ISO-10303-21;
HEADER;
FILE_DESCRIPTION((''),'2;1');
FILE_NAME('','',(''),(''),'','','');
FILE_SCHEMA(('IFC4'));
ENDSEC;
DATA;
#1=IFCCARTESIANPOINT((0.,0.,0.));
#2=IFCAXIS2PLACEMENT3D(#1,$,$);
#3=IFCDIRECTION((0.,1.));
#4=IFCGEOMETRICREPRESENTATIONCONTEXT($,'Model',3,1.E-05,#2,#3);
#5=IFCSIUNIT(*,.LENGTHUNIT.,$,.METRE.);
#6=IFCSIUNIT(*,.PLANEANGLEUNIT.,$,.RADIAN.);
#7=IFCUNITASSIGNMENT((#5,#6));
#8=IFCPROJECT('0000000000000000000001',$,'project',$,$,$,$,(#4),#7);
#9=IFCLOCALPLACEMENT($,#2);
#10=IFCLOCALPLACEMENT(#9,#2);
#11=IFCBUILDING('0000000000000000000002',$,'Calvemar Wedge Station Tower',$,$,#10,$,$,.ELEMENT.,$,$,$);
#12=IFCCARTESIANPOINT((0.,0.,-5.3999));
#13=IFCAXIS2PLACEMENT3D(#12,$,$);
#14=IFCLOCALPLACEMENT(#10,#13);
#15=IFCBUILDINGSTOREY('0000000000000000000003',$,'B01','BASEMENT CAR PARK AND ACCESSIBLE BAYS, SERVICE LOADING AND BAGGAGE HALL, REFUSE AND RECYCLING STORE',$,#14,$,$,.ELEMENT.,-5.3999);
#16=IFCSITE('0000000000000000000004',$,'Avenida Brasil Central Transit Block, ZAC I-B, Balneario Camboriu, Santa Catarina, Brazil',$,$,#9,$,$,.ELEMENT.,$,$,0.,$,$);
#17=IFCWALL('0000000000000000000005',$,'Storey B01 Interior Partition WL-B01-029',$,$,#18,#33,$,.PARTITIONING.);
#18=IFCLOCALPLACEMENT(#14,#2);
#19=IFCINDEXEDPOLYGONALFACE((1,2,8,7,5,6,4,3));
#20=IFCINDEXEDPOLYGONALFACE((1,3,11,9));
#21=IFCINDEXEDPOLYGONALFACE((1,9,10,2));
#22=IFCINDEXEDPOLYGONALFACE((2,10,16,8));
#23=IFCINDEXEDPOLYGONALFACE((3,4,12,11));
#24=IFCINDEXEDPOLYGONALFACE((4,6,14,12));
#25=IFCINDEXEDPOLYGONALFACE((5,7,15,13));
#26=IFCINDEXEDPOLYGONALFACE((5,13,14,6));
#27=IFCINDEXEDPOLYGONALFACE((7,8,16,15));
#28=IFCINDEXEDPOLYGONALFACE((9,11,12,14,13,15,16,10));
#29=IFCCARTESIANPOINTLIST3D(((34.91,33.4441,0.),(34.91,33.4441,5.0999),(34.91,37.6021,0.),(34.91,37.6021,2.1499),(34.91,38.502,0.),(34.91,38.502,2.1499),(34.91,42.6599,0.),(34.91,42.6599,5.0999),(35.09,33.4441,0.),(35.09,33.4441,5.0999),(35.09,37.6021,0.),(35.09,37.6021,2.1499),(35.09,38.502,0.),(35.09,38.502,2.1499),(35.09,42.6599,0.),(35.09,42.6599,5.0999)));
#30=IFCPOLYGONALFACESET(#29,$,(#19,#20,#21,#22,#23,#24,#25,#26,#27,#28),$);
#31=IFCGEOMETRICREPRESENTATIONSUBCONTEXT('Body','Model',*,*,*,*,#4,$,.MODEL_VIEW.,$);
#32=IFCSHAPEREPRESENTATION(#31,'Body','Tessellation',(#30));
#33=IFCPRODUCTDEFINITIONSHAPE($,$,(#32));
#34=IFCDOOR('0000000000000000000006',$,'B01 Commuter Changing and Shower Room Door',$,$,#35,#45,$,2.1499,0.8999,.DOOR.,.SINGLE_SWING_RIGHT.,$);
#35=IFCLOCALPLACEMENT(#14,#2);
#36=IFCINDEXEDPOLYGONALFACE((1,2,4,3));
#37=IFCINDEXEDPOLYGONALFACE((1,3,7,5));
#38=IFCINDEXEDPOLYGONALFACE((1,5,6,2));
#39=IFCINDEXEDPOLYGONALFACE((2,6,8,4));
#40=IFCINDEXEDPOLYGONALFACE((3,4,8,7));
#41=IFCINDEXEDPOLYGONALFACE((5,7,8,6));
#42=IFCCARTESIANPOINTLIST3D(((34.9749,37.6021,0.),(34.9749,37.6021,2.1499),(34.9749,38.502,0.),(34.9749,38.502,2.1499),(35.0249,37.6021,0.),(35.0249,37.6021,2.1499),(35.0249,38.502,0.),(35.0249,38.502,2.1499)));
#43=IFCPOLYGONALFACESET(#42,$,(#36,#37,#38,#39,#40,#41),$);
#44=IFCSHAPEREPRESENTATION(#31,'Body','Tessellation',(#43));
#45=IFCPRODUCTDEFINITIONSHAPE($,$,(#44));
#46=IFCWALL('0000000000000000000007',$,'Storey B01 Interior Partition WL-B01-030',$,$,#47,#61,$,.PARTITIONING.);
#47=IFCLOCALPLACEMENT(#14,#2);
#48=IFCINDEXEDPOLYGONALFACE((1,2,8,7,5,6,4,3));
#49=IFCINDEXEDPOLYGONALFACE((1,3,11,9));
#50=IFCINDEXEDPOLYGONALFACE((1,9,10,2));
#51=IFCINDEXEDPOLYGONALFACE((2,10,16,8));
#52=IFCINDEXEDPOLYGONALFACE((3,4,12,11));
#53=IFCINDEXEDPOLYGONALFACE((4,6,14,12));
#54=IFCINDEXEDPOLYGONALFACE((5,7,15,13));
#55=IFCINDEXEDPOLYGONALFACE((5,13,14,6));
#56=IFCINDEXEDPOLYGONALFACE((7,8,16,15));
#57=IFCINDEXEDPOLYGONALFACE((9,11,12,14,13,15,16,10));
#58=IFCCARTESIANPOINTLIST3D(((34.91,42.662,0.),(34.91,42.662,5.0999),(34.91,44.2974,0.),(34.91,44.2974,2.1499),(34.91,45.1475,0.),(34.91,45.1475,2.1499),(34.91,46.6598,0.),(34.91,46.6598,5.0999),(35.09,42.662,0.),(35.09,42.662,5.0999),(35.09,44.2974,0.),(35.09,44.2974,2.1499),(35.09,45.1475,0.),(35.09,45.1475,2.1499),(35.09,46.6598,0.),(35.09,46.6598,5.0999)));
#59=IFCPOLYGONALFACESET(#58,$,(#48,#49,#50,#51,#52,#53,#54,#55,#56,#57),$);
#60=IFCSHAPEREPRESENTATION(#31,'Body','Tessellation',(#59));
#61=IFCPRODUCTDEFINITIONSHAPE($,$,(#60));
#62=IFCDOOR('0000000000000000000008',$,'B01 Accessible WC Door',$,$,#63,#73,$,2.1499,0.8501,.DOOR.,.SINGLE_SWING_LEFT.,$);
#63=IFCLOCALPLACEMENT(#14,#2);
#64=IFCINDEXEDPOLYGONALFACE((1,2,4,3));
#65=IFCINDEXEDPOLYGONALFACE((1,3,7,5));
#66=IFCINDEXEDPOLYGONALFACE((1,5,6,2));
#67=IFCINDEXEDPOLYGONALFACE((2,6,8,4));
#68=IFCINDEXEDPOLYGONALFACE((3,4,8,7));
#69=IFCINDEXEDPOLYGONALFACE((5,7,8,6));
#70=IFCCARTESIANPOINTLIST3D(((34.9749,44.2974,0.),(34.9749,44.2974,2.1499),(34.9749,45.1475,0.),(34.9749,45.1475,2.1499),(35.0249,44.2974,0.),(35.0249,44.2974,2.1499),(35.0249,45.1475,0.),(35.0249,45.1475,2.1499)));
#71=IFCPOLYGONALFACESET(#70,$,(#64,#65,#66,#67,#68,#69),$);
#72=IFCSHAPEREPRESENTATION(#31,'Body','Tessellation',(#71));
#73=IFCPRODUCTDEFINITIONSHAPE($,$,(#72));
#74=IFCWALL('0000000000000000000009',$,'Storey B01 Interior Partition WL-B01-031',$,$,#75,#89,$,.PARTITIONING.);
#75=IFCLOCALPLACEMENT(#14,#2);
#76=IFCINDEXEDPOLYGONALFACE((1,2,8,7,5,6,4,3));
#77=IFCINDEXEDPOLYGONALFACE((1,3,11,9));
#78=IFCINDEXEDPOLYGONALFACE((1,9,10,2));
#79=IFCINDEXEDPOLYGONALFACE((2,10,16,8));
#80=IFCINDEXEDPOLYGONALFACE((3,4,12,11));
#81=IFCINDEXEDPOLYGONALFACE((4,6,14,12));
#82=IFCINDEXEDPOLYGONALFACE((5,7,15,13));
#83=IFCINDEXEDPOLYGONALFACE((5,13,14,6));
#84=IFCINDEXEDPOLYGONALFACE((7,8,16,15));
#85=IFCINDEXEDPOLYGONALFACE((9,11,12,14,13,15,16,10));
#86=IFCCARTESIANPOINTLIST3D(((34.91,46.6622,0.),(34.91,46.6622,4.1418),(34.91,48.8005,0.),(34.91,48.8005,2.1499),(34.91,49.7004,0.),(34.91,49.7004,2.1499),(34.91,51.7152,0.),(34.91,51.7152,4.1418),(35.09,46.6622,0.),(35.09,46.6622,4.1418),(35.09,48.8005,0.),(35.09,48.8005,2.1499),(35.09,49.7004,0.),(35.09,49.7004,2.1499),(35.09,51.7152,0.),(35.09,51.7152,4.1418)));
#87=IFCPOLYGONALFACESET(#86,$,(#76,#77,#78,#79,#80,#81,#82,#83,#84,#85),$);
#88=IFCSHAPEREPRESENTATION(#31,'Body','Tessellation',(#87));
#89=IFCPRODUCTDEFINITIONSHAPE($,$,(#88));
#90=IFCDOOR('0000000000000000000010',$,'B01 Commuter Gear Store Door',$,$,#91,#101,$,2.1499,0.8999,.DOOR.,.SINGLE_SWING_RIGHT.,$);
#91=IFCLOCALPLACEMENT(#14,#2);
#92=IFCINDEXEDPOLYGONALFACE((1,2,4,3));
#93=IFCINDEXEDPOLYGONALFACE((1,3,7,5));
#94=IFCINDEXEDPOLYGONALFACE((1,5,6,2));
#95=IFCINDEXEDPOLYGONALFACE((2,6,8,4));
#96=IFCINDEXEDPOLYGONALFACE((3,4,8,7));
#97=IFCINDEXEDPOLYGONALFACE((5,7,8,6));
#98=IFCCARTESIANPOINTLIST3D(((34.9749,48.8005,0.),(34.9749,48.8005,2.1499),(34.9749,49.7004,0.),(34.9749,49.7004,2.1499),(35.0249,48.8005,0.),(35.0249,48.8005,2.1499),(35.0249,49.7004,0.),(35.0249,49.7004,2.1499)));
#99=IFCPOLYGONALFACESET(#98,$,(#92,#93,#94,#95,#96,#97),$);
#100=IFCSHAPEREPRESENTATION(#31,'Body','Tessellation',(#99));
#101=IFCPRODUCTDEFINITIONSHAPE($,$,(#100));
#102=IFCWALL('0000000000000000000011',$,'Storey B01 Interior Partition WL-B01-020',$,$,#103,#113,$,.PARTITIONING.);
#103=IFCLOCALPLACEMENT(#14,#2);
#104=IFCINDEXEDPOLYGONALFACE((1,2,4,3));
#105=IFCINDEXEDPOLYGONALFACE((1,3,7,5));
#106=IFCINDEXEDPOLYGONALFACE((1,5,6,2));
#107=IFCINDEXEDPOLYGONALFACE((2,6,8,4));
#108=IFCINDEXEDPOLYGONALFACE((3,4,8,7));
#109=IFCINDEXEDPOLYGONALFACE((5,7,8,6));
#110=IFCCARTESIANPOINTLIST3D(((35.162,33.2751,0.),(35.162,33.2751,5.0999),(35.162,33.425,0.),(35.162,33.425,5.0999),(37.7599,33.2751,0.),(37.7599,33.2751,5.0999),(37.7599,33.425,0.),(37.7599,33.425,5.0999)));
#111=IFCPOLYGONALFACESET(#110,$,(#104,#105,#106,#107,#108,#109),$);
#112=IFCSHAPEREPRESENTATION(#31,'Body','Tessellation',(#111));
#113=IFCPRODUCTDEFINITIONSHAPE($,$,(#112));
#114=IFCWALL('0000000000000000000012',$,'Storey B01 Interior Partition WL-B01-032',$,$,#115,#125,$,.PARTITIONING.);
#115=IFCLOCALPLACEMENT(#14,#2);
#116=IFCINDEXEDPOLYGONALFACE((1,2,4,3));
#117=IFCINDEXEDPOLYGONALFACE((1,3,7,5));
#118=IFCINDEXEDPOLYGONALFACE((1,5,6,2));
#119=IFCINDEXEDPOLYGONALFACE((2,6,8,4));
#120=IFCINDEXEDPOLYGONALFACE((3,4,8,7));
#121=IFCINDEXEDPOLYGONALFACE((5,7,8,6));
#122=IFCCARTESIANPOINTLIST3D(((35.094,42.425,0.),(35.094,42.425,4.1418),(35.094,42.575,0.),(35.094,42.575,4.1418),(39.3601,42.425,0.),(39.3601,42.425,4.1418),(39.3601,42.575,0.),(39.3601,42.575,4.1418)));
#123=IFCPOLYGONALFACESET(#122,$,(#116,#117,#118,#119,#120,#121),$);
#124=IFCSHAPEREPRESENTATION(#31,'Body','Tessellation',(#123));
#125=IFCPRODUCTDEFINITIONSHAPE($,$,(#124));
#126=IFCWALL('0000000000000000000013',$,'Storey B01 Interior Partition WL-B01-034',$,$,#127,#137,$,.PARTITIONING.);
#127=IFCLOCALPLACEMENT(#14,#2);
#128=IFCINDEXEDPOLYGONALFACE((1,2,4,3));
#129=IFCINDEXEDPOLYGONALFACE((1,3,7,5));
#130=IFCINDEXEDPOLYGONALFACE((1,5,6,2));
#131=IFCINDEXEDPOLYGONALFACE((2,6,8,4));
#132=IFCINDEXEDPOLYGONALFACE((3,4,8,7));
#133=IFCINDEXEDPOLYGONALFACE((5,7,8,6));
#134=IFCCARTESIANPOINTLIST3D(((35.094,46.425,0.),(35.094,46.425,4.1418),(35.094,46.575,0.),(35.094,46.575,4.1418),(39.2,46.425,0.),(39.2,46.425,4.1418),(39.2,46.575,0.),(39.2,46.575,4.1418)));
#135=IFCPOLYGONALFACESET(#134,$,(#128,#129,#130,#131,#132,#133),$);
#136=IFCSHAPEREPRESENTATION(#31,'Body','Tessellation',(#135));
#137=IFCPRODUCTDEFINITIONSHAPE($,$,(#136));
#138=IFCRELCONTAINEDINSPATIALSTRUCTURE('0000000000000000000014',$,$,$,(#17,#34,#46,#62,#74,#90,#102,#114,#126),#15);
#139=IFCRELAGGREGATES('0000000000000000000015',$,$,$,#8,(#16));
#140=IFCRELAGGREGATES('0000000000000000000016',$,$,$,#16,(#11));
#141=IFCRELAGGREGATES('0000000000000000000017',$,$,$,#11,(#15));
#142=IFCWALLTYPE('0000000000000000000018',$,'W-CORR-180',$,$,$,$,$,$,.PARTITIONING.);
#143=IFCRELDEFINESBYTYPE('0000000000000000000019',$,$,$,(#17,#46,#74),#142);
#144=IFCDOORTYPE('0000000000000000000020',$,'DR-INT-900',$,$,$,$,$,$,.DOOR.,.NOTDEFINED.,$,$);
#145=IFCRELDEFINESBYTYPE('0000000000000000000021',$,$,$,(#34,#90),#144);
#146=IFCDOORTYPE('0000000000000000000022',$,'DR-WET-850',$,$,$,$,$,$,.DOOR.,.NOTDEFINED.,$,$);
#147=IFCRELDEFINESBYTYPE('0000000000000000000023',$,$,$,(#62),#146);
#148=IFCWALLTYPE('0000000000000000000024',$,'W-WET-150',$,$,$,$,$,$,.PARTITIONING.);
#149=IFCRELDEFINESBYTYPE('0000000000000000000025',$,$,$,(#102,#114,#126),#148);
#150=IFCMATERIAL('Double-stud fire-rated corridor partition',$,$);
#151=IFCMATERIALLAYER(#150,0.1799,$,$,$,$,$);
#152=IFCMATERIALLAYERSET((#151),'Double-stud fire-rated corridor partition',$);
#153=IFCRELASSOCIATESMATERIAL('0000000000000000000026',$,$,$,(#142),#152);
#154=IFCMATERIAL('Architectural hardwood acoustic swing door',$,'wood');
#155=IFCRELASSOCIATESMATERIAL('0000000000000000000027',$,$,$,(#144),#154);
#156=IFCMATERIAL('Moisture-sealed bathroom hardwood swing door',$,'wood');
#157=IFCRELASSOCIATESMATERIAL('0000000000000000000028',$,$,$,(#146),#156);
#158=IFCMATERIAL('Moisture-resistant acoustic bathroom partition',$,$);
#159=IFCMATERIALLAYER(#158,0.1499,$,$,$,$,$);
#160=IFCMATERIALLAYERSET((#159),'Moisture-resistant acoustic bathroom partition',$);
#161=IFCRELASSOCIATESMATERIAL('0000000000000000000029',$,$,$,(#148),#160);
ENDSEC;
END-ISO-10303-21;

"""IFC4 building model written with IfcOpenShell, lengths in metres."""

from ifc_helpers import new_model, si_unit, direction, frame, frame_2d, origin, place, context, subcontext, project, spatial, rectangle, extrude, source, transform, mapped, material, layer, layer_set, type_object, element, fill, save


model = new_model("IFC4")

# Units and contexts
model_context = context("Model", 3, precision=1e-05, world=origin(), true_north=direction((0.0, 1.0)))
body_context = subcontext(model_context, "Body", "Model", "MODEL_VIEW")
ifc_project = project(units=[si_unit("LENGTHUNIT", "METRE"), si_unit("PLANEANGLEUNIT", "RADIAN")], contexts=[model_context])

# Site, building, storey
site_placement = place(None, origin())
site = spatial("IfcSite", under=ifc_project, at=site_placement, Name="Avenida Brasil Central Transit Block, ZAC I-B, Balneario Camboriu, Santa Catarina, Brazil", CompositionType="ELEMENT", RefElevation=0.0)
building_placement = place(site_placement, origin())
building = spatial("IfcBuilding", under=site, at=building_placement, Name="Calvemar Wedge Station Tower", CompositionType="ELEMENT")
storey_placement = place(building_placement, frame((0.0, 0.0, -5.3999)))
storey = spatial("IfcBuildingStorey", under=building, at=storey_placement, Name="B01", Description="BASEMENT CAR PARK AND ACCESSIBLE BAYS, SERVICE LOADING AND BAGGAGE HALL, REFUSE AND RECYCLING STORE", CompositionType="ELEMENT", Elevation=-5.3999)

# Walls, openings, doors
ifc_material_1 = material(Name="Double-stud fire-rated corridor partition")
ifc_layer_1 = layer(ifc_material_1, 0.1799)
ifc_layer_set_1 = layer_set([ifc_layer_1], Name="Double-stud fire-rated corridor partition")
wall_type_1 = type_object("IfcWallType", Name="W-CORR-180", PredefinedType="PARTITIONING", material=ifc_layer_set_1)
wall_1_placement = place(storey_placement, frame((35.0, 42.6599, 0.0), z_axis=(0.0, 0.0, 1.0), x_axis=(0.0, -1.0, 0.0)))
wall_1 = element("IfcWall", 1, at=wall_1_placement, inside=storey, type_object=wall_type_1, Name="Storey B01 Interior Partition WL-B01-029", PredefinedType="PARTITIONING", context=body_context, shape_type="SweptSolid", body=[
    extrude(rectangle(XDim=9.2158, YDim=0.1799, at=frame_2d((4.6079, 0.0))), origin(), (0.0, 0.0, 1.0), 5.0999),
])
shared_shape_1 = source(origin(), body_context, "Body", "SweptSolid", [
    extrude(rectangle(XDim=0.8999, YDim=2.1499, at=frame_2d((0.45, 1.075))), frame((0.0, 0.1001, 0.0), z_axis=(0.0, -1.0, 0.0), x_axis=(1.0, 0.0, 0.0)), (0.0, 0.0, 1.0), 0.2),
])
opening_1_placement = place(wall_1_placement, frame((4.158, 0.0, 0.0)))
opening_1 = element("IfcOpeningElement", 2, at=opening_1_placement, cuts=wall_1, PredefinedType="OPENING", context=body_context, shape_type="MappedRepresentation", body=[
    mapped(shared_shape_1, transform((0.0, 0.0, 0.0), scale=1.0)),
])
ifc_material_2 = material(Name="Architectural hardwood acoustic swing door", Category="wood")
door_type_1 = type_object("IfcDoorType", Name="DR-INT-900", OperationType="NOTDEFINED", PredefinedType="DOOR", material=ifc_material_2)
shared_shape_2 = source(origin(), body_context, "Body", "SweptSolid", [
    extrude(rectangle(XDim=0.8999, YDim=2.1499, at=frame_2d((0.45, 1.075))), frame((0.0, 0.0249, 0.0), z_axis=(0.0, -1.0, 0.0), x_axis=(1.0, 0.0, 0.0)), (0.0, 0.0, 1.0), 0.05),
])
door_1_placement = place(opening_1_placement, origin())
door_1 = element("IfcDoor", 3, at=door_1_placement, inside=storey, type_object=door_type_1, Name="B01 Commuter Changing and Shower Room Door", OperationType="SINGLE_SWING_RIGHT", OverallHeight=2.1499, OverallWidth=0.8999, PredefinedType="DOOR", context=body_context, shape_type="MappedRepresentation", body=[
    mapped(shared_shape_2, transform((0.0, 0.0, 0.0), scale=1.0)),
])
fill(opening_1, door_1)
wall_2_placement = place(storey_placement, frame((35.0, 46.6599, 0.0), z_axis=(0.0, 0.0, 1.0), x_axis=(0.0, -1.0, 0.0)))
wall_2 = element("IfcWall", 4, at=wall_2_placement, inside=storey, type_object=wall_type_1, Name="Storey B01 Interior Partition WL-B01-030", PredefinedType="PARTITIONING", context=body_context, shape_type="SweptSolid", body=[
    extrude(rectangle(XDim=3.9978, YDim=0.1799, at=frame_2d((1.999, 0.0))), origin(), (0.0, 0.0, 1.0), 5.0999),
])
shared_shape_3 = source(origin(), body_context, "Body", "SweptSolid", [
    extrude(rectangle(XDim=0.8501, YDim=2.1499, at=frame_2d((0.425, 1.075))), frame((0.0, 0.1001, 0.0), z_axis=(0.0, -1.0, 0.0), x_axis=(1.0, 0.0, 0.0)), (0.0, 0.0, 1.0), 0.2),
])
opening_2_placement = place(wall_2_placement, frame((1.5125, 0.0, 0.0)))
opening_2 = element("IfcOpeningElement", 5, at=opening_2_placement, cuts=wall_2, PredefinedType="OPENING", context=body_context, shape_type="MappedRepresentation", body=[
    mapped(shared_shape_3, transform((0.0, 0.0, 0.0), scale=1.0)),
])
ifc_material_3 = material(Name="Moisture-sealed bathroom hardwood swing door", Category="wood")
door_type_2 = type_object("IfcDoorType", Name="DR-WET-850", OperationType="NOTDEFINED", PredefinedType="DOOR", material=ifc_material_3)
shared_shape_4 = source(origin(), body_context, "Body", "SweptSolid", [
    extrude(rectangle(XDim=0.8501, YDim=2.1499, at=frame_2d((0.425, 1.075))), frame((0.0, 0.0249, 0.0), z_axis=(0.0, -1.0, 0.0), x_axis=(1.0, 0.0, 0.0)), (0.0, 0.0, 1.0), 0.05),
])
door_2_placement = place(opening_2_placement, origin())
door_2 = element("IfcDoor", 6, at=door_2_placement, inside=storey, type_object=door_type_2, Name="B01 Accessible WC Door", OperationType="SINGLE_SWING_LEFT", OverallHeight=2.1499, OverallWidth=0.8501, PredefinedType="DOOR", context=body_context, shape_type="MappedRepresentation", body=[
    mapped(shared_shape_4, transform((0.0, 0.0, 0.0), scale=1.0)),
])
fill(opening_2, door_2)
wall_3_placement = place(storey_placement, frame((35.0, 51.7151, 0.0), z_axis=(0.0, 0.0, 1.0), x_axis=(0.0, -1.0, 0.0)))
wall_3 = element("IfcWall", 7, at=wall_3_placement, inside=storey, type_object=wall_type_1, Name="Storey B01 Interior Partition WL-B01-031", PredefinedType="PARTITIONING", context=body_context, shape_type="SweptSolid", body=[
    extrude(rectangle(XDim=5.053, YDim=0.1799, at=frame_2d((2.5264, 0.0))), origin(), (0.0, 0.0, 1.0), 4.1418),
])
opening_3_placement = place(wall_3_placement, frame((2.0146, 0.0, 0.0)))
opening_3 = element("IfcOpeningElement", 8, at=opening_3_placement, cuts=wall_3, PredefinedType="OPENING", context=body_context, shape_type="MappedRepresentation", body=[
    mapped(shared_shape_1, transform((0.0, 0.0, 0.0), scale=1.0)),
])
door_3_placement = place(opening_3_placement, origin())
door_3 = element("IfcDoor", 9, at=door_3_placement, inside=storey, type_object=door_type_1, Name="B01 Commuter Gear Store Door", OperationType="SINGLE_SWING_RIGHT", OverallHeight=2.1499, OverallWidth=0.8999, PredefinedType="DOOR", context=body_context, shape_type="MappedRepresentation", body=[
    mapped(shared_shape_2, transform((0.0, 0.0, 0.0), scale=1.0)),
])
fill(opening_3, door_3)

# Walls
ifc_material_4 = material(Name="Moisture-resistant acoustic bathroom partition")
ifc_layer_2 = layer(ifc_material_4, 0.1499)
ifc_layer_set_2 = layer_set([ifc_layer_2], Name="Moisture-resistant acoustic bathroom partition")
wall_type_2 = type_object("IfcWallType", Name="W-WET-150", PredefinedType="PARTITIONING", material=ifc_layer_set_2)
wall_4_placement = place(storey_placement, frame((35.1621, 33.3501, 0.0), z_axis=(0.0, 0.0, 1.0), x_axis=(1.0, 0.0, 0.0)))
element("IfcWall", 10, at=wall_4_placement, inside=storey, type_object=wall_type_2, Name="Storey B01 Interior Partition WL-B01-020", PredefinedType="PARTITIONING", context=body_context, shape_type="SweptSolid", body=[
    extrude(rectangle(XDim=2.5979, YDim=0.1499, at=frame_2d((1.2988, 0.0))), origin(), (0.0, 0.0, 1.0), 5.0999),
])
wall_5_placement = place(storey_placement, frame((35.094, 42.5, 0.0), z_axis=(0.0, 0.0, 1.0), x_axis=(1.0, 0.0, 0.0)))
element("IfcWall", 11, at=wall_5_placement, inside=storey, type_object=wall_type_2, Name="Storey B01 Interior Partition WL-B01-032", PredefinedType="PARTITIONING", context=body_context, shape_type="SweptSolid", body=[
    extrude(rectangle(XDim=4.2661, YDim=0.1499, at=frame_2d((2.1331, 0.0))), origin(), (0.0, 0.0, 1.0), 4.1418),
])
wall_6_placement = place(storey_placement, frame((35.094, 46.5, 0.0), z_axis=(0.0, 0.0, 1.0), x_axis=(1.0, 0.0, 0.0)))
element("IfcWall", 12, at=wall_6_placement, inside=storey, type_object=wall_type_2, Name="Storey B01 Interior Partition WL-B01-034", PredefinedType="PARTITIONING", context=body_context, shape_type="SweptSolid", body=[
    extrude(rectangle(XDim=4.106, YDim=0.1499, at=frame_2d((2.053, 0.0))), origin(), (0.0, 0.0, 1.0), 4.1418),
])

save(model, "model.ifc")
